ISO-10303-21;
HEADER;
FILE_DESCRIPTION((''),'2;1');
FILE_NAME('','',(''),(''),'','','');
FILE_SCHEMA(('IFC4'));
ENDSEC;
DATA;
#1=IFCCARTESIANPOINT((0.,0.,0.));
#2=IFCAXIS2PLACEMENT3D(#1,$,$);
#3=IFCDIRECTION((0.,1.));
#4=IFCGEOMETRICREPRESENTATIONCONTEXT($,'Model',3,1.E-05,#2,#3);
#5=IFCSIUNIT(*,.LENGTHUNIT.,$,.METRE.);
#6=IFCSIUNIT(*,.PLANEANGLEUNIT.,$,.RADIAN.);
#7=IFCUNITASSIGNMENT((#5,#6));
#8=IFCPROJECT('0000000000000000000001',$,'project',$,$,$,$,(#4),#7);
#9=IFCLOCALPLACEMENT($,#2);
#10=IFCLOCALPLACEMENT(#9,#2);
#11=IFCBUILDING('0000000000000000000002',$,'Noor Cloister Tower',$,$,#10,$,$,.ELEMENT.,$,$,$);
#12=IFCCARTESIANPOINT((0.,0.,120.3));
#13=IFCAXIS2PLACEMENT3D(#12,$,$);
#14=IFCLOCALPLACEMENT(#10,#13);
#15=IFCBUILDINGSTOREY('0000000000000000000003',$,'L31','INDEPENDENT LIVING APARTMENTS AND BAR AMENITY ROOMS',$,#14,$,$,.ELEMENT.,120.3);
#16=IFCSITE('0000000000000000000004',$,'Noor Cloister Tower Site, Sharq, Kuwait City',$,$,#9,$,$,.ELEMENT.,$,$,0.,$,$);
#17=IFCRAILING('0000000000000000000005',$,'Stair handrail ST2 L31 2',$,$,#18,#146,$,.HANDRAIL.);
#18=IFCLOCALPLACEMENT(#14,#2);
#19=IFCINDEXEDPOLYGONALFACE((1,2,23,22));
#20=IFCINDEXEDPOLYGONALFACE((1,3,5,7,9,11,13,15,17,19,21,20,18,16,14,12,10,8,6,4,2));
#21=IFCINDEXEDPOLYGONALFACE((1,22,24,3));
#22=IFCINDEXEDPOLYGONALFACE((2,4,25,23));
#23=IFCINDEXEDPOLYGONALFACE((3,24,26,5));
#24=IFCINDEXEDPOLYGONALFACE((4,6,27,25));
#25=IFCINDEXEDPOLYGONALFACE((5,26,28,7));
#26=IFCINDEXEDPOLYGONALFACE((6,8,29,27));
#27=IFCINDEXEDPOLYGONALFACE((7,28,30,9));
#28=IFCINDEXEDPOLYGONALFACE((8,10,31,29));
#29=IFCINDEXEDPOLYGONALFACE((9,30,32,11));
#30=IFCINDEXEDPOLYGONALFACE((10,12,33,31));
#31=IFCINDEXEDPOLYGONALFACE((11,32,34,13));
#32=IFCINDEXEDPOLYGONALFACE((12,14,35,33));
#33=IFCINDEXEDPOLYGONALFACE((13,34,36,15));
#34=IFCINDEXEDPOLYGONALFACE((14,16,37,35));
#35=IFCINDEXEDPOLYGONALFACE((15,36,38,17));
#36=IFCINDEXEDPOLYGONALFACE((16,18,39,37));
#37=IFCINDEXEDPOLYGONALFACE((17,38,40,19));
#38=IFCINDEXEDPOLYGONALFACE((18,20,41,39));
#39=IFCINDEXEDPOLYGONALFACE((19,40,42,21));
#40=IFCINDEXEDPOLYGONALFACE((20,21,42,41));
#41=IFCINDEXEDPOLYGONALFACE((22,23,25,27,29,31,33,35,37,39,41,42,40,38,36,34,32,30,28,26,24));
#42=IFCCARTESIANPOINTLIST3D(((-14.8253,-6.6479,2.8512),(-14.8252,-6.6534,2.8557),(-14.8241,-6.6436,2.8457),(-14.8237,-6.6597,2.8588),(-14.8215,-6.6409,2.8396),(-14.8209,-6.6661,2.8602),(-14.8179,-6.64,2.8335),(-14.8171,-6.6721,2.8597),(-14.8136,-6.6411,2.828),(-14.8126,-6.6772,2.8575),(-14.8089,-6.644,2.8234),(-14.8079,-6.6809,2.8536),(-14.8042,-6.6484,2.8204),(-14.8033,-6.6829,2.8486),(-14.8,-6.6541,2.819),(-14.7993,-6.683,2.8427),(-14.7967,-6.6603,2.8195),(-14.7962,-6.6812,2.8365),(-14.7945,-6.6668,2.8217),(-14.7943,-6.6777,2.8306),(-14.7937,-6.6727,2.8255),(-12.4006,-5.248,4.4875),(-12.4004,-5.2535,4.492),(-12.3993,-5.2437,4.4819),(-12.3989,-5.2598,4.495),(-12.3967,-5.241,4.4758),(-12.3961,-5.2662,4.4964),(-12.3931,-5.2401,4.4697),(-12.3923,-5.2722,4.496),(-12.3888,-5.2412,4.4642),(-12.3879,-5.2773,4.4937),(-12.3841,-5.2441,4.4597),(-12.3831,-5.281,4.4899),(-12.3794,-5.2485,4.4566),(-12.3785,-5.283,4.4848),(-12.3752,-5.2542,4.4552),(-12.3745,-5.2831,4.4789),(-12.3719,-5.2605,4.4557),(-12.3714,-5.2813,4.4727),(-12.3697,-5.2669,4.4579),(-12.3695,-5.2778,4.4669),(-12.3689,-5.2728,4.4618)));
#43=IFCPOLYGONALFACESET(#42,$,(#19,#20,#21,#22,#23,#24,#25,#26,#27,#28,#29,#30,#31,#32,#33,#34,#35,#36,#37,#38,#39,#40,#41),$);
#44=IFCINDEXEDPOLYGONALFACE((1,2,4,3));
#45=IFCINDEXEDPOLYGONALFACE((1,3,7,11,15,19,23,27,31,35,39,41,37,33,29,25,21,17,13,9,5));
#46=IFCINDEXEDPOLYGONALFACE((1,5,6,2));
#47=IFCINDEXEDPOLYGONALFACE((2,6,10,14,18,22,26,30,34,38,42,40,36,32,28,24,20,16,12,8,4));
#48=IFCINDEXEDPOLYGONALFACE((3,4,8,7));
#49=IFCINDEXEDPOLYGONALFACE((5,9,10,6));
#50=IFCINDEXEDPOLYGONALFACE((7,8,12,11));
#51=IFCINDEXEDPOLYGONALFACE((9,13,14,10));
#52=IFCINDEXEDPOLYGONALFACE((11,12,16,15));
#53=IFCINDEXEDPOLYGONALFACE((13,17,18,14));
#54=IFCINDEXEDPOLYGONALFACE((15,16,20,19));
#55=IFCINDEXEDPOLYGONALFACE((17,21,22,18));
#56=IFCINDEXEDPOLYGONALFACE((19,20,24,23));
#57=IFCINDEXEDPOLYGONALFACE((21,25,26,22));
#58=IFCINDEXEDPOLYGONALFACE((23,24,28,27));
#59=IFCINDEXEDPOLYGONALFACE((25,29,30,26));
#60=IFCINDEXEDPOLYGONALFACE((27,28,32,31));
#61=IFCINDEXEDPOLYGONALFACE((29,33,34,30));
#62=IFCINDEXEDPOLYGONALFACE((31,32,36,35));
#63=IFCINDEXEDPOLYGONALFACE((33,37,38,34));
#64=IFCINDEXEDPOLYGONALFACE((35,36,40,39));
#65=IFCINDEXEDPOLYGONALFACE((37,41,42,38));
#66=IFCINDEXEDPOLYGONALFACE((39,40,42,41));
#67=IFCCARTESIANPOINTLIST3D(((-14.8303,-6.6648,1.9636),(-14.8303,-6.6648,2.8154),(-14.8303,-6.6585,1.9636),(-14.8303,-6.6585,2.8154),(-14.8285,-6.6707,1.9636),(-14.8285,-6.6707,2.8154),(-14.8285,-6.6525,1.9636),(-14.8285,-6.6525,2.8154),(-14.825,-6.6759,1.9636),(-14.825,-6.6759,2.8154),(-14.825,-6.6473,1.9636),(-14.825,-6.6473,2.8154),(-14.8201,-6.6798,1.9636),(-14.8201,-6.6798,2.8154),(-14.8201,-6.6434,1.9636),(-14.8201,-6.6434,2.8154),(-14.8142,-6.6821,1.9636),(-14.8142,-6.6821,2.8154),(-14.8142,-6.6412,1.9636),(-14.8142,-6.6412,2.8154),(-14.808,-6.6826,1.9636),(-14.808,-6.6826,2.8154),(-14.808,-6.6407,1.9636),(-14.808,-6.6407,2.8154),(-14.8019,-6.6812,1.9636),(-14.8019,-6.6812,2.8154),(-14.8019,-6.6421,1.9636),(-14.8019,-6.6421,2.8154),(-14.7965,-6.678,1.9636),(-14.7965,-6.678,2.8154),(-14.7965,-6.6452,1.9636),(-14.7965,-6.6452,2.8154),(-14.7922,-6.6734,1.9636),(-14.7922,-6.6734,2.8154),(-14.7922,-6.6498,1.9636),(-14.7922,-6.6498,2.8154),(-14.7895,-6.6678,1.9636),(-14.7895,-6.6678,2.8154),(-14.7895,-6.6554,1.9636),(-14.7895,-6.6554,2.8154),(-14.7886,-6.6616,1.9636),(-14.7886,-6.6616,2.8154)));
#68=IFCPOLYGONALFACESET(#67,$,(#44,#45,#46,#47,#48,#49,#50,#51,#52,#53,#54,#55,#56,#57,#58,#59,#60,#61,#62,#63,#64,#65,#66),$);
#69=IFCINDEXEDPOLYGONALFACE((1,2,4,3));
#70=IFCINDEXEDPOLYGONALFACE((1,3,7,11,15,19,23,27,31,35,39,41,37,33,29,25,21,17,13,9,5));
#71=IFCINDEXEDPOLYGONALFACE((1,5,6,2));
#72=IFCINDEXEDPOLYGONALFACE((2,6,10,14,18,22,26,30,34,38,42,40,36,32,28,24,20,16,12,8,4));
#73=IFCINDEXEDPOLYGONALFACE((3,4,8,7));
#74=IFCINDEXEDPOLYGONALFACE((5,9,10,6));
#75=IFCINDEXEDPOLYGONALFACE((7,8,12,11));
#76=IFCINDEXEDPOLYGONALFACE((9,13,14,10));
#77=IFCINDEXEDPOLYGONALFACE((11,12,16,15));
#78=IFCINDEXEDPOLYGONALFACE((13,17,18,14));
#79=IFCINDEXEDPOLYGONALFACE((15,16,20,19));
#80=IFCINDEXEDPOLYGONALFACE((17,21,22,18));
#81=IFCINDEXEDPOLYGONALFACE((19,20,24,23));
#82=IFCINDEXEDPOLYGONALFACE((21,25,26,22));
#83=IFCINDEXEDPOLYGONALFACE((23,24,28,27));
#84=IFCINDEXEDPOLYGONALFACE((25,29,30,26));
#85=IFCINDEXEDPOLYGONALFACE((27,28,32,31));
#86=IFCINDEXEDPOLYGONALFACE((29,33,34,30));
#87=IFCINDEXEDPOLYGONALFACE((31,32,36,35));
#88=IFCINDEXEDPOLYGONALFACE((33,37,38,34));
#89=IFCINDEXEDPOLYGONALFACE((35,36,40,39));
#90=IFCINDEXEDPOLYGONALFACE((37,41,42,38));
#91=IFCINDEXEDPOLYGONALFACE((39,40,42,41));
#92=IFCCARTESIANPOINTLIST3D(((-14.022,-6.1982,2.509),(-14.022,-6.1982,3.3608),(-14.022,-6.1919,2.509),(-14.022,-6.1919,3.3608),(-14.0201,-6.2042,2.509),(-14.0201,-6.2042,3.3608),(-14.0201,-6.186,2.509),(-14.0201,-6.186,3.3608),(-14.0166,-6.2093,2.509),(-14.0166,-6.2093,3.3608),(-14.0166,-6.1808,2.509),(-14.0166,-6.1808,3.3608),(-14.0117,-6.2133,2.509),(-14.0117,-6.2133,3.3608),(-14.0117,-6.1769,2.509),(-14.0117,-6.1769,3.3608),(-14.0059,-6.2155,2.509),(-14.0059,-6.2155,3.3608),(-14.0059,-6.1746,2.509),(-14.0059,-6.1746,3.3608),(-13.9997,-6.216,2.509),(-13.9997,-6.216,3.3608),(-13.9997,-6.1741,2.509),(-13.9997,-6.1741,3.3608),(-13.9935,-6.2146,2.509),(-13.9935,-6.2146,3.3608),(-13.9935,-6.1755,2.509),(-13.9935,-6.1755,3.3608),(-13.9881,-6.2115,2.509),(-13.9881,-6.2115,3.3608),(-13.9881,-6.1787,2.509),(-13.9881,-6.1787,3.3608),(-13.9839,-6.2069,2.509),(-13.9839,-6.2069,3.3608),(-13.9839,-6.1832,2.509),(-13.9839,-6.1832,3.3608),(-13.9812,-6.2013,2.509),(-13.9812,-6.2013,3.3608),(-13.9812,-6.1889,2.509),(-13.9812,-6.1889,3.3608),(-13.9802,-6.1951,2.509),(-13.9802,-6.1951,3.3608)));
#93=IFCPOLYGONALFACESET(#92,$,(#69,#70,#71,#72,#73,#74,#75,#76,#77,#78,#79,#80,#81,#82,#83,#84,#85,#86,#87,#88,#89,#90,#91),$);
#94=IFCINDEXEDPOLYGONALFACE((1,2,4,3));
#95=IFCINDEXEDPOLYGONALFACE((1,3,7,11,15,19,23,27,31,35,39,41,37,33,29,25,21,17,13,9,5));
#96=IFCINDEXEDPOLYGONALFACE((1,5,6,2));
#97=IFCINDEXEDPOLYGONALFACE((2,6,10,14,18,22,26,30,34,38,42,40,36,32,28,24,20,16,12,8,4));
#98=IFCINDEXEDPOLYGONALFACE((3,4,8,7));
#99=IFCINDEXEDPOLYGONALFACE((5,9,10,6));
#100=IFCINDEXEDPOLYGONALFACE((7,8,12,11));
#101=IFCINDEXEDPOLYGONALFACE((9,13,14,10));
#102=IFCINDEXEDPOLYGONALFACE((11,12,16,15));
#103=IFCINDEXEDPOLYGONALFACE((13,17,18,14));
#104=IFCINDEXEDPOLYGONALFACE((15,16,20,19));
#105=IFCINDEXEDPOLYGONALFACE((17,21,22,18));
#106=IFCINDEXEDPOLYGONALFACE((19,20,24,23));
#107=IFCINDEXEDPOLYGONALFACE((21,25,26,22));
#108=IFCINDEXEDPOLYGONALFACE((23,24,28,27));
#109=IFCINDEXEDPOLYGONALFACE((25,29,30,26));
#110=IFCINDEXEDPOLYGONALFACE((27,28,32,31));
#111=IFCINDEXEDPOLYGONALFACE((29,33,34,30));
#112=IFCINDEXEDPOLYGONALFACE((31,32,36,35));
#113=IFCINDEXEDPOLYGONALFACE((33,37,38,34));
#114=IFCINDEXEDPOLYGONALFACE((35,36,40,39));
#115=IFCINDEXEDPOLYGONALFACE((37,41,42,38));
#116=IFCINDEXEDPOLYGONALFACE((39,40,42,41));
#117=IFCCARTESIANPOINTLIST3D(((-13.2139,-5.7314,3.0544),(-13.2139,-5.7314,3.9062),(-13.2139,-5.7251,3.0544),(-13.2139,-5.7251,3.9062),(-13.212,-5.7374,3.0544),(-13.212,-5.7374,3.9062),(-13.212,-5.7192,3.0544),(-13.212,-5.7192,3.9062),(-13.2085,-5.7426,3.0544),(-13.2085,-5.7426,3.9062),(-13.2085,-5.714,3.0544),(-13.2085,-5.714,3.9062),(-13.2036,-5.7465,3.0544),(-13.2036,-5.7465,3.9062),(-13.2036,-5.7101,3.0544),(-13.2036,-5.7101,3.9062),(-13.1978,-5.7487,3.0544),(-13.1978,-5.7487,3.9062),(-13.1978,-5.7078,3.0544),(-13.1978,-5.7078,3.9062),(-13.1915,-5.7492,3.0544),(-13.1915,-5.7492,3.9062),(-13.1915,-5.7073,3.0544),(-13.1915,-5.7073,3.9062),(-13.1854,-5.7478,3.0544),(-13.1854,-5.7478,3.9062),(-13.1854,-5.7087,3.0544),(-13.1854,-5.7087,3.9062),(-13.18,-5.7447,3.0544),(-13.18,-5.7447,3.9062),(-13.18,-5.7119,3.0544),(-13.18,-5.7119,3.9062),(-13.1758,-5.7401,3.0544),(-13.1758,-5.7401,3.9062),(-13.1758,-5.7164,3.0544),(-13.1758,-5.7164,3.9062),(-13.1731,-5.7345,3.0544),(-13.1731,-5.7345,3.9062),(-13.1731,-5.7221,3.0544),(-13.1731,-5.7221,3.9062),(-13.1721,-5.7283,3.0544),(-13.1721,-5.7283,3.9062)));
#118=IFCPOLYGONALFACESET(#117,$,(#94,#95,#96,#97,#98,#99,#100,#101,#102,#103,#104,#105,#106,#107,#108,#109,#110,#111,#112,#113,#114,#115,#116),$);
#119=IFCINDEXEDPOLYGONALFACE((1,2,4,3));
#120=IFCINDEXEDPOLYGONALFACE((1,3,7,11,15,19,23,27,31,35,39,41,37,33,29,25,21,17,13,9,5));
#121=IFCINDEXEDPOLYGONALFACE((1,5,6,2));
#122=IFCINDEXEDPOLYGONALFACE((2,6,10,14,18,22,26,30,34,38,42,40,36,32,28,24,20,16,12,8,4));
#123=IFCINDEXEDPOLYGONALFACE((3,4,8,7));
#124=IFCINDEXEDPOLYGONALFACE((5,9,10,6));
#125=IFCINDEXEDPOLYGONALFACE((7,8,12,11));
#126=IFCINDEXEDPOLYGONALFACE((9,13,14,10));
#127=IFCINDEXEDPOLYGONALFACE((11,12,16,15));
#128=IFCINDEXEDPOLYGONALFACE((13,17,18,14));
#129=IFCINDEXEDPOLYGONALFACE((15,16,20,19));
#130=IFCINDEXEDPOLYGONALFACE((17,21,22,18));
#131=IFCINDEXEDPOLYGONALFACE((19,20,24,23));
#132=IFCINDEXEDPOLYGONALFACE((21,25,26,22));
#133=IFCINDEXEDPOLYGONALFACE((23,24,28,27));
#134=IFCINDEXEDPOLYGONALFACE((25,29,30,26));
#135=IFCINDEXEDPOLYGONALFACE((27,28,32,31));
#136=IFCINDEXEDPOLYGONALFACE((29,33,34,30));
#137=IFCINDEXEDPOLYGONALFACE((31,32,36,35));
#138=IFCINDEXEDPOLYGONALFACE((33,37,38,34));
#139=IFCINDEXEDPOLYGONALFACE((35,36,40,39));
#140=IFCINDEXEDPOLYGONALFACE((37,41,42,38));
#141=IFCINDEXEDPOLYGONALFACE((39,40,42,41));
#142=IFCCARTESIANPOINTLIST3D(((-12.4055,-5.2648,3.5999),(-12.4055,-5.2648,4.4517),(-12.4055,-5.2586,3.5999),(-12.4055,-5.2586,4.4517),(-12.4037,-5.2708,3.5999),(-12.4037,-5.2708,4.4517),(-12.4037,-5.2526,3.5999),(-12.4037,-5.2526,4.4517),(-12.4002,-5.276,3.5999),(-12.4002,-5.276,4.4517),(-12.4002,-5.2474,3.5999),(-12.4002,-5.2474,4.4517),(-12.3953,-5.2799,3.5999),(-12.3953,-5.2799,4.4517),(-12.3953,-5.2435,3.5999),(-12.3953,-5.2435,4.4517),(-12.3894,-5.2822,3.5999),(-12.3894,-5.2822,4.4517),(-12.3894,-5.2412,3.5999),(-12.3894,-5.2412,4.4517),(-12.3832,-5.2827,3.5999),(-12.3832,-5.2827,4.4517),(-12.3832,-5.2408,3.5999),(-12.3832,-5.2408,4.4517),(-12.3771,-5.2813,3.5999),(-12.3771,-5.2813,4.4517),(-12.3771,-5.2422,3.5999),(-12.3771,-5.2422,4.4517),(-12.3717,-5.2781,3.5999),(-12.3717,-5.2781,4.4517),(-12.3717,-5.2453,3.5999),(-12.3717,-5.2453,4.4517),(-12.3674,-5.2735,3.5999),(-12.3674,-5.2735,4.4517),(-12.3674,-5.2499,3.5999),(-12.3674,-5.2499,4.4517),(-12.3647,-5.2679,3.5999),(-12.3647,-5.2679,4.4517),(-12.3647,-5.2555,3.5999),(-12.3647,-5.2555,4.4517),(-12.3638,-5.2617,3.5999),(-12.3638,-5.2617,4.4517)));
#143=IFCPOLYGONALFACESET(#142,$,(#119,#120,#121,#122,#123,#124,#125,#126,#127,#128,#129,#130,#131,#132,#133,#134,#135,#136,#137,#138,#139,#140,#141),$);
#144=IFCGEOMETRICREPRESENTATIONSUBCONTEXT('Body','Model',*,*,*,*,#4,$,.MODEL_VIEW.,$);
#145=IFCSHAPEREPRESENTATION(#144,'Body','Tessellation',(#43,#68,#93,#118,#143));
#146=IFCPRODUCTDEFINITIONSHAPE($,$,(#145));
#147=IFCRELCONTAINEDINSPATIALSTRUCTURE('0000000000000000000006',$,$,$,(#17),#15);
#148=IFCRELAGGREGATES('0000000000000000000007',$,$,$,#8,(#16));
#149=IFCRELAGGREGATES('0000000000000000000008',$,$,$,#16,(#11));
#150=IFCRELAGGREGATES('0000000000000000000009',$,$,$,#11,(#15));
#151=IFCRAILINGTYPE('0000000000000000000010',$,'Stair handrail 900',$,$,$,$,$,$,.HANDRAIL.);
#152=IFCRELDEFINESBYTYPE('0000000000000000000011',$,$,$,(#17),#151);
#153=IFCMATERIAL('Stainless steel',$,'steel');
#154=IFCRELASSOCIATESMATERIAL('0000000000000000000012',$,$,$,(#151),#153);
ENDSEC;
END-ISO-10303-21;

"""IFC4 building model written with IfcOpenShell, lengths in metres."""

from ifc_helpers import new_model, si_unit, direction, frame, origin, origin_2d, place, context, subcontext, project, spatial, circle, extrude, material, type_object, element, save


model = new_model("IFC4")

# Units and contexts
model_context = context("Model", 3, precision=1e-05, world=origin(), true_north=direction((0.0, 1.0)))
body_context = subcontext(model_context, "Body", "Model", "MODEL_VIEW")
ifc_project = project(units=[si_unit("LENGTHUNIT", "METRE"), si_unit("PLANEANGLEUNIT", "RADIAN")], contexts=[model_context])

# Site, building, storey
site_placement = place(None, origin())
site = spatial("IfcSite", under=ifc_project, at=site_placement, Name="Noor Cloister Tower Site, Sharq, Kuwait City", CompositionType="ELEMENT", RefElevation=0.0)
building_placement = place(site_placement, origin())
building = spatial("IfcBuilding", under=site, at=building_placement, Name="Noor Cloister Tower", CompositionType="ELEMENT")
storey_placement = place(building_placement, frame((0.0, 0.0, 120.3)))
storey = spatial("IfcBuildingStorey", under=building, at=storey_placement, Name="L31", Description="INDEPENDENT LIVING APARTMENTS AND BAR AMENITY ROOMS", CompositionType="ELEMENT", Elevation=120.3)

# Railing
ifc_material_1 = material(Name="Stainless steel", Category="steel")
railing_type_1 = type_object("IfcRailingType", Name="Stair handrail 900", PredefinedType="HANDRAIL", material=ifc_material_1)
railing_1_placement = place(storey_placement, frame((-14.8096, -6.6616, 1.9636)))
element("IfcRailing", 1, at=railing_1_placement, inside=storey, type_object=railing_type_1, Name="Stair handrail ST2 L31 2", PredefinedType="HANDRAIL", context=body_context, shape_type="SweptSolid", body=[
    extrude(circle(Radius=0.0239, at=origin_2d()), frame((0.0, 0.0, 0.876), z_axis=(0.747718, 0.431677, 0.504552), x_axis=(-0.499984, 0.866035, 0.0)), (0.0, 0.0, 1.0), 3.2429),
    extrude(circle(Radius=0.021, at=origin_2d()), origin(), (0.0, 0.0, 1.0), 0.8518),
    extrude(circle(Radius=0.021, at=origin_2d()), frame((0.8083, 0.4666, 0.5454)), (0.0, 0.0, 1.0), 0.8518),
    extrude(circle(Radius=0.021, at=origin_2d()), frame((1.6165, 0.9333, 1.0908)), (0.0, 0.0, 1.0), 0.8518),
    extrude(circle(Radius=0.021, at=origin_2d()), frame((2.4248, 1.3999, 1.6362)), (0.0, 0.0, 1.0), 0.8518),
])

save(model, "model.ifc")
